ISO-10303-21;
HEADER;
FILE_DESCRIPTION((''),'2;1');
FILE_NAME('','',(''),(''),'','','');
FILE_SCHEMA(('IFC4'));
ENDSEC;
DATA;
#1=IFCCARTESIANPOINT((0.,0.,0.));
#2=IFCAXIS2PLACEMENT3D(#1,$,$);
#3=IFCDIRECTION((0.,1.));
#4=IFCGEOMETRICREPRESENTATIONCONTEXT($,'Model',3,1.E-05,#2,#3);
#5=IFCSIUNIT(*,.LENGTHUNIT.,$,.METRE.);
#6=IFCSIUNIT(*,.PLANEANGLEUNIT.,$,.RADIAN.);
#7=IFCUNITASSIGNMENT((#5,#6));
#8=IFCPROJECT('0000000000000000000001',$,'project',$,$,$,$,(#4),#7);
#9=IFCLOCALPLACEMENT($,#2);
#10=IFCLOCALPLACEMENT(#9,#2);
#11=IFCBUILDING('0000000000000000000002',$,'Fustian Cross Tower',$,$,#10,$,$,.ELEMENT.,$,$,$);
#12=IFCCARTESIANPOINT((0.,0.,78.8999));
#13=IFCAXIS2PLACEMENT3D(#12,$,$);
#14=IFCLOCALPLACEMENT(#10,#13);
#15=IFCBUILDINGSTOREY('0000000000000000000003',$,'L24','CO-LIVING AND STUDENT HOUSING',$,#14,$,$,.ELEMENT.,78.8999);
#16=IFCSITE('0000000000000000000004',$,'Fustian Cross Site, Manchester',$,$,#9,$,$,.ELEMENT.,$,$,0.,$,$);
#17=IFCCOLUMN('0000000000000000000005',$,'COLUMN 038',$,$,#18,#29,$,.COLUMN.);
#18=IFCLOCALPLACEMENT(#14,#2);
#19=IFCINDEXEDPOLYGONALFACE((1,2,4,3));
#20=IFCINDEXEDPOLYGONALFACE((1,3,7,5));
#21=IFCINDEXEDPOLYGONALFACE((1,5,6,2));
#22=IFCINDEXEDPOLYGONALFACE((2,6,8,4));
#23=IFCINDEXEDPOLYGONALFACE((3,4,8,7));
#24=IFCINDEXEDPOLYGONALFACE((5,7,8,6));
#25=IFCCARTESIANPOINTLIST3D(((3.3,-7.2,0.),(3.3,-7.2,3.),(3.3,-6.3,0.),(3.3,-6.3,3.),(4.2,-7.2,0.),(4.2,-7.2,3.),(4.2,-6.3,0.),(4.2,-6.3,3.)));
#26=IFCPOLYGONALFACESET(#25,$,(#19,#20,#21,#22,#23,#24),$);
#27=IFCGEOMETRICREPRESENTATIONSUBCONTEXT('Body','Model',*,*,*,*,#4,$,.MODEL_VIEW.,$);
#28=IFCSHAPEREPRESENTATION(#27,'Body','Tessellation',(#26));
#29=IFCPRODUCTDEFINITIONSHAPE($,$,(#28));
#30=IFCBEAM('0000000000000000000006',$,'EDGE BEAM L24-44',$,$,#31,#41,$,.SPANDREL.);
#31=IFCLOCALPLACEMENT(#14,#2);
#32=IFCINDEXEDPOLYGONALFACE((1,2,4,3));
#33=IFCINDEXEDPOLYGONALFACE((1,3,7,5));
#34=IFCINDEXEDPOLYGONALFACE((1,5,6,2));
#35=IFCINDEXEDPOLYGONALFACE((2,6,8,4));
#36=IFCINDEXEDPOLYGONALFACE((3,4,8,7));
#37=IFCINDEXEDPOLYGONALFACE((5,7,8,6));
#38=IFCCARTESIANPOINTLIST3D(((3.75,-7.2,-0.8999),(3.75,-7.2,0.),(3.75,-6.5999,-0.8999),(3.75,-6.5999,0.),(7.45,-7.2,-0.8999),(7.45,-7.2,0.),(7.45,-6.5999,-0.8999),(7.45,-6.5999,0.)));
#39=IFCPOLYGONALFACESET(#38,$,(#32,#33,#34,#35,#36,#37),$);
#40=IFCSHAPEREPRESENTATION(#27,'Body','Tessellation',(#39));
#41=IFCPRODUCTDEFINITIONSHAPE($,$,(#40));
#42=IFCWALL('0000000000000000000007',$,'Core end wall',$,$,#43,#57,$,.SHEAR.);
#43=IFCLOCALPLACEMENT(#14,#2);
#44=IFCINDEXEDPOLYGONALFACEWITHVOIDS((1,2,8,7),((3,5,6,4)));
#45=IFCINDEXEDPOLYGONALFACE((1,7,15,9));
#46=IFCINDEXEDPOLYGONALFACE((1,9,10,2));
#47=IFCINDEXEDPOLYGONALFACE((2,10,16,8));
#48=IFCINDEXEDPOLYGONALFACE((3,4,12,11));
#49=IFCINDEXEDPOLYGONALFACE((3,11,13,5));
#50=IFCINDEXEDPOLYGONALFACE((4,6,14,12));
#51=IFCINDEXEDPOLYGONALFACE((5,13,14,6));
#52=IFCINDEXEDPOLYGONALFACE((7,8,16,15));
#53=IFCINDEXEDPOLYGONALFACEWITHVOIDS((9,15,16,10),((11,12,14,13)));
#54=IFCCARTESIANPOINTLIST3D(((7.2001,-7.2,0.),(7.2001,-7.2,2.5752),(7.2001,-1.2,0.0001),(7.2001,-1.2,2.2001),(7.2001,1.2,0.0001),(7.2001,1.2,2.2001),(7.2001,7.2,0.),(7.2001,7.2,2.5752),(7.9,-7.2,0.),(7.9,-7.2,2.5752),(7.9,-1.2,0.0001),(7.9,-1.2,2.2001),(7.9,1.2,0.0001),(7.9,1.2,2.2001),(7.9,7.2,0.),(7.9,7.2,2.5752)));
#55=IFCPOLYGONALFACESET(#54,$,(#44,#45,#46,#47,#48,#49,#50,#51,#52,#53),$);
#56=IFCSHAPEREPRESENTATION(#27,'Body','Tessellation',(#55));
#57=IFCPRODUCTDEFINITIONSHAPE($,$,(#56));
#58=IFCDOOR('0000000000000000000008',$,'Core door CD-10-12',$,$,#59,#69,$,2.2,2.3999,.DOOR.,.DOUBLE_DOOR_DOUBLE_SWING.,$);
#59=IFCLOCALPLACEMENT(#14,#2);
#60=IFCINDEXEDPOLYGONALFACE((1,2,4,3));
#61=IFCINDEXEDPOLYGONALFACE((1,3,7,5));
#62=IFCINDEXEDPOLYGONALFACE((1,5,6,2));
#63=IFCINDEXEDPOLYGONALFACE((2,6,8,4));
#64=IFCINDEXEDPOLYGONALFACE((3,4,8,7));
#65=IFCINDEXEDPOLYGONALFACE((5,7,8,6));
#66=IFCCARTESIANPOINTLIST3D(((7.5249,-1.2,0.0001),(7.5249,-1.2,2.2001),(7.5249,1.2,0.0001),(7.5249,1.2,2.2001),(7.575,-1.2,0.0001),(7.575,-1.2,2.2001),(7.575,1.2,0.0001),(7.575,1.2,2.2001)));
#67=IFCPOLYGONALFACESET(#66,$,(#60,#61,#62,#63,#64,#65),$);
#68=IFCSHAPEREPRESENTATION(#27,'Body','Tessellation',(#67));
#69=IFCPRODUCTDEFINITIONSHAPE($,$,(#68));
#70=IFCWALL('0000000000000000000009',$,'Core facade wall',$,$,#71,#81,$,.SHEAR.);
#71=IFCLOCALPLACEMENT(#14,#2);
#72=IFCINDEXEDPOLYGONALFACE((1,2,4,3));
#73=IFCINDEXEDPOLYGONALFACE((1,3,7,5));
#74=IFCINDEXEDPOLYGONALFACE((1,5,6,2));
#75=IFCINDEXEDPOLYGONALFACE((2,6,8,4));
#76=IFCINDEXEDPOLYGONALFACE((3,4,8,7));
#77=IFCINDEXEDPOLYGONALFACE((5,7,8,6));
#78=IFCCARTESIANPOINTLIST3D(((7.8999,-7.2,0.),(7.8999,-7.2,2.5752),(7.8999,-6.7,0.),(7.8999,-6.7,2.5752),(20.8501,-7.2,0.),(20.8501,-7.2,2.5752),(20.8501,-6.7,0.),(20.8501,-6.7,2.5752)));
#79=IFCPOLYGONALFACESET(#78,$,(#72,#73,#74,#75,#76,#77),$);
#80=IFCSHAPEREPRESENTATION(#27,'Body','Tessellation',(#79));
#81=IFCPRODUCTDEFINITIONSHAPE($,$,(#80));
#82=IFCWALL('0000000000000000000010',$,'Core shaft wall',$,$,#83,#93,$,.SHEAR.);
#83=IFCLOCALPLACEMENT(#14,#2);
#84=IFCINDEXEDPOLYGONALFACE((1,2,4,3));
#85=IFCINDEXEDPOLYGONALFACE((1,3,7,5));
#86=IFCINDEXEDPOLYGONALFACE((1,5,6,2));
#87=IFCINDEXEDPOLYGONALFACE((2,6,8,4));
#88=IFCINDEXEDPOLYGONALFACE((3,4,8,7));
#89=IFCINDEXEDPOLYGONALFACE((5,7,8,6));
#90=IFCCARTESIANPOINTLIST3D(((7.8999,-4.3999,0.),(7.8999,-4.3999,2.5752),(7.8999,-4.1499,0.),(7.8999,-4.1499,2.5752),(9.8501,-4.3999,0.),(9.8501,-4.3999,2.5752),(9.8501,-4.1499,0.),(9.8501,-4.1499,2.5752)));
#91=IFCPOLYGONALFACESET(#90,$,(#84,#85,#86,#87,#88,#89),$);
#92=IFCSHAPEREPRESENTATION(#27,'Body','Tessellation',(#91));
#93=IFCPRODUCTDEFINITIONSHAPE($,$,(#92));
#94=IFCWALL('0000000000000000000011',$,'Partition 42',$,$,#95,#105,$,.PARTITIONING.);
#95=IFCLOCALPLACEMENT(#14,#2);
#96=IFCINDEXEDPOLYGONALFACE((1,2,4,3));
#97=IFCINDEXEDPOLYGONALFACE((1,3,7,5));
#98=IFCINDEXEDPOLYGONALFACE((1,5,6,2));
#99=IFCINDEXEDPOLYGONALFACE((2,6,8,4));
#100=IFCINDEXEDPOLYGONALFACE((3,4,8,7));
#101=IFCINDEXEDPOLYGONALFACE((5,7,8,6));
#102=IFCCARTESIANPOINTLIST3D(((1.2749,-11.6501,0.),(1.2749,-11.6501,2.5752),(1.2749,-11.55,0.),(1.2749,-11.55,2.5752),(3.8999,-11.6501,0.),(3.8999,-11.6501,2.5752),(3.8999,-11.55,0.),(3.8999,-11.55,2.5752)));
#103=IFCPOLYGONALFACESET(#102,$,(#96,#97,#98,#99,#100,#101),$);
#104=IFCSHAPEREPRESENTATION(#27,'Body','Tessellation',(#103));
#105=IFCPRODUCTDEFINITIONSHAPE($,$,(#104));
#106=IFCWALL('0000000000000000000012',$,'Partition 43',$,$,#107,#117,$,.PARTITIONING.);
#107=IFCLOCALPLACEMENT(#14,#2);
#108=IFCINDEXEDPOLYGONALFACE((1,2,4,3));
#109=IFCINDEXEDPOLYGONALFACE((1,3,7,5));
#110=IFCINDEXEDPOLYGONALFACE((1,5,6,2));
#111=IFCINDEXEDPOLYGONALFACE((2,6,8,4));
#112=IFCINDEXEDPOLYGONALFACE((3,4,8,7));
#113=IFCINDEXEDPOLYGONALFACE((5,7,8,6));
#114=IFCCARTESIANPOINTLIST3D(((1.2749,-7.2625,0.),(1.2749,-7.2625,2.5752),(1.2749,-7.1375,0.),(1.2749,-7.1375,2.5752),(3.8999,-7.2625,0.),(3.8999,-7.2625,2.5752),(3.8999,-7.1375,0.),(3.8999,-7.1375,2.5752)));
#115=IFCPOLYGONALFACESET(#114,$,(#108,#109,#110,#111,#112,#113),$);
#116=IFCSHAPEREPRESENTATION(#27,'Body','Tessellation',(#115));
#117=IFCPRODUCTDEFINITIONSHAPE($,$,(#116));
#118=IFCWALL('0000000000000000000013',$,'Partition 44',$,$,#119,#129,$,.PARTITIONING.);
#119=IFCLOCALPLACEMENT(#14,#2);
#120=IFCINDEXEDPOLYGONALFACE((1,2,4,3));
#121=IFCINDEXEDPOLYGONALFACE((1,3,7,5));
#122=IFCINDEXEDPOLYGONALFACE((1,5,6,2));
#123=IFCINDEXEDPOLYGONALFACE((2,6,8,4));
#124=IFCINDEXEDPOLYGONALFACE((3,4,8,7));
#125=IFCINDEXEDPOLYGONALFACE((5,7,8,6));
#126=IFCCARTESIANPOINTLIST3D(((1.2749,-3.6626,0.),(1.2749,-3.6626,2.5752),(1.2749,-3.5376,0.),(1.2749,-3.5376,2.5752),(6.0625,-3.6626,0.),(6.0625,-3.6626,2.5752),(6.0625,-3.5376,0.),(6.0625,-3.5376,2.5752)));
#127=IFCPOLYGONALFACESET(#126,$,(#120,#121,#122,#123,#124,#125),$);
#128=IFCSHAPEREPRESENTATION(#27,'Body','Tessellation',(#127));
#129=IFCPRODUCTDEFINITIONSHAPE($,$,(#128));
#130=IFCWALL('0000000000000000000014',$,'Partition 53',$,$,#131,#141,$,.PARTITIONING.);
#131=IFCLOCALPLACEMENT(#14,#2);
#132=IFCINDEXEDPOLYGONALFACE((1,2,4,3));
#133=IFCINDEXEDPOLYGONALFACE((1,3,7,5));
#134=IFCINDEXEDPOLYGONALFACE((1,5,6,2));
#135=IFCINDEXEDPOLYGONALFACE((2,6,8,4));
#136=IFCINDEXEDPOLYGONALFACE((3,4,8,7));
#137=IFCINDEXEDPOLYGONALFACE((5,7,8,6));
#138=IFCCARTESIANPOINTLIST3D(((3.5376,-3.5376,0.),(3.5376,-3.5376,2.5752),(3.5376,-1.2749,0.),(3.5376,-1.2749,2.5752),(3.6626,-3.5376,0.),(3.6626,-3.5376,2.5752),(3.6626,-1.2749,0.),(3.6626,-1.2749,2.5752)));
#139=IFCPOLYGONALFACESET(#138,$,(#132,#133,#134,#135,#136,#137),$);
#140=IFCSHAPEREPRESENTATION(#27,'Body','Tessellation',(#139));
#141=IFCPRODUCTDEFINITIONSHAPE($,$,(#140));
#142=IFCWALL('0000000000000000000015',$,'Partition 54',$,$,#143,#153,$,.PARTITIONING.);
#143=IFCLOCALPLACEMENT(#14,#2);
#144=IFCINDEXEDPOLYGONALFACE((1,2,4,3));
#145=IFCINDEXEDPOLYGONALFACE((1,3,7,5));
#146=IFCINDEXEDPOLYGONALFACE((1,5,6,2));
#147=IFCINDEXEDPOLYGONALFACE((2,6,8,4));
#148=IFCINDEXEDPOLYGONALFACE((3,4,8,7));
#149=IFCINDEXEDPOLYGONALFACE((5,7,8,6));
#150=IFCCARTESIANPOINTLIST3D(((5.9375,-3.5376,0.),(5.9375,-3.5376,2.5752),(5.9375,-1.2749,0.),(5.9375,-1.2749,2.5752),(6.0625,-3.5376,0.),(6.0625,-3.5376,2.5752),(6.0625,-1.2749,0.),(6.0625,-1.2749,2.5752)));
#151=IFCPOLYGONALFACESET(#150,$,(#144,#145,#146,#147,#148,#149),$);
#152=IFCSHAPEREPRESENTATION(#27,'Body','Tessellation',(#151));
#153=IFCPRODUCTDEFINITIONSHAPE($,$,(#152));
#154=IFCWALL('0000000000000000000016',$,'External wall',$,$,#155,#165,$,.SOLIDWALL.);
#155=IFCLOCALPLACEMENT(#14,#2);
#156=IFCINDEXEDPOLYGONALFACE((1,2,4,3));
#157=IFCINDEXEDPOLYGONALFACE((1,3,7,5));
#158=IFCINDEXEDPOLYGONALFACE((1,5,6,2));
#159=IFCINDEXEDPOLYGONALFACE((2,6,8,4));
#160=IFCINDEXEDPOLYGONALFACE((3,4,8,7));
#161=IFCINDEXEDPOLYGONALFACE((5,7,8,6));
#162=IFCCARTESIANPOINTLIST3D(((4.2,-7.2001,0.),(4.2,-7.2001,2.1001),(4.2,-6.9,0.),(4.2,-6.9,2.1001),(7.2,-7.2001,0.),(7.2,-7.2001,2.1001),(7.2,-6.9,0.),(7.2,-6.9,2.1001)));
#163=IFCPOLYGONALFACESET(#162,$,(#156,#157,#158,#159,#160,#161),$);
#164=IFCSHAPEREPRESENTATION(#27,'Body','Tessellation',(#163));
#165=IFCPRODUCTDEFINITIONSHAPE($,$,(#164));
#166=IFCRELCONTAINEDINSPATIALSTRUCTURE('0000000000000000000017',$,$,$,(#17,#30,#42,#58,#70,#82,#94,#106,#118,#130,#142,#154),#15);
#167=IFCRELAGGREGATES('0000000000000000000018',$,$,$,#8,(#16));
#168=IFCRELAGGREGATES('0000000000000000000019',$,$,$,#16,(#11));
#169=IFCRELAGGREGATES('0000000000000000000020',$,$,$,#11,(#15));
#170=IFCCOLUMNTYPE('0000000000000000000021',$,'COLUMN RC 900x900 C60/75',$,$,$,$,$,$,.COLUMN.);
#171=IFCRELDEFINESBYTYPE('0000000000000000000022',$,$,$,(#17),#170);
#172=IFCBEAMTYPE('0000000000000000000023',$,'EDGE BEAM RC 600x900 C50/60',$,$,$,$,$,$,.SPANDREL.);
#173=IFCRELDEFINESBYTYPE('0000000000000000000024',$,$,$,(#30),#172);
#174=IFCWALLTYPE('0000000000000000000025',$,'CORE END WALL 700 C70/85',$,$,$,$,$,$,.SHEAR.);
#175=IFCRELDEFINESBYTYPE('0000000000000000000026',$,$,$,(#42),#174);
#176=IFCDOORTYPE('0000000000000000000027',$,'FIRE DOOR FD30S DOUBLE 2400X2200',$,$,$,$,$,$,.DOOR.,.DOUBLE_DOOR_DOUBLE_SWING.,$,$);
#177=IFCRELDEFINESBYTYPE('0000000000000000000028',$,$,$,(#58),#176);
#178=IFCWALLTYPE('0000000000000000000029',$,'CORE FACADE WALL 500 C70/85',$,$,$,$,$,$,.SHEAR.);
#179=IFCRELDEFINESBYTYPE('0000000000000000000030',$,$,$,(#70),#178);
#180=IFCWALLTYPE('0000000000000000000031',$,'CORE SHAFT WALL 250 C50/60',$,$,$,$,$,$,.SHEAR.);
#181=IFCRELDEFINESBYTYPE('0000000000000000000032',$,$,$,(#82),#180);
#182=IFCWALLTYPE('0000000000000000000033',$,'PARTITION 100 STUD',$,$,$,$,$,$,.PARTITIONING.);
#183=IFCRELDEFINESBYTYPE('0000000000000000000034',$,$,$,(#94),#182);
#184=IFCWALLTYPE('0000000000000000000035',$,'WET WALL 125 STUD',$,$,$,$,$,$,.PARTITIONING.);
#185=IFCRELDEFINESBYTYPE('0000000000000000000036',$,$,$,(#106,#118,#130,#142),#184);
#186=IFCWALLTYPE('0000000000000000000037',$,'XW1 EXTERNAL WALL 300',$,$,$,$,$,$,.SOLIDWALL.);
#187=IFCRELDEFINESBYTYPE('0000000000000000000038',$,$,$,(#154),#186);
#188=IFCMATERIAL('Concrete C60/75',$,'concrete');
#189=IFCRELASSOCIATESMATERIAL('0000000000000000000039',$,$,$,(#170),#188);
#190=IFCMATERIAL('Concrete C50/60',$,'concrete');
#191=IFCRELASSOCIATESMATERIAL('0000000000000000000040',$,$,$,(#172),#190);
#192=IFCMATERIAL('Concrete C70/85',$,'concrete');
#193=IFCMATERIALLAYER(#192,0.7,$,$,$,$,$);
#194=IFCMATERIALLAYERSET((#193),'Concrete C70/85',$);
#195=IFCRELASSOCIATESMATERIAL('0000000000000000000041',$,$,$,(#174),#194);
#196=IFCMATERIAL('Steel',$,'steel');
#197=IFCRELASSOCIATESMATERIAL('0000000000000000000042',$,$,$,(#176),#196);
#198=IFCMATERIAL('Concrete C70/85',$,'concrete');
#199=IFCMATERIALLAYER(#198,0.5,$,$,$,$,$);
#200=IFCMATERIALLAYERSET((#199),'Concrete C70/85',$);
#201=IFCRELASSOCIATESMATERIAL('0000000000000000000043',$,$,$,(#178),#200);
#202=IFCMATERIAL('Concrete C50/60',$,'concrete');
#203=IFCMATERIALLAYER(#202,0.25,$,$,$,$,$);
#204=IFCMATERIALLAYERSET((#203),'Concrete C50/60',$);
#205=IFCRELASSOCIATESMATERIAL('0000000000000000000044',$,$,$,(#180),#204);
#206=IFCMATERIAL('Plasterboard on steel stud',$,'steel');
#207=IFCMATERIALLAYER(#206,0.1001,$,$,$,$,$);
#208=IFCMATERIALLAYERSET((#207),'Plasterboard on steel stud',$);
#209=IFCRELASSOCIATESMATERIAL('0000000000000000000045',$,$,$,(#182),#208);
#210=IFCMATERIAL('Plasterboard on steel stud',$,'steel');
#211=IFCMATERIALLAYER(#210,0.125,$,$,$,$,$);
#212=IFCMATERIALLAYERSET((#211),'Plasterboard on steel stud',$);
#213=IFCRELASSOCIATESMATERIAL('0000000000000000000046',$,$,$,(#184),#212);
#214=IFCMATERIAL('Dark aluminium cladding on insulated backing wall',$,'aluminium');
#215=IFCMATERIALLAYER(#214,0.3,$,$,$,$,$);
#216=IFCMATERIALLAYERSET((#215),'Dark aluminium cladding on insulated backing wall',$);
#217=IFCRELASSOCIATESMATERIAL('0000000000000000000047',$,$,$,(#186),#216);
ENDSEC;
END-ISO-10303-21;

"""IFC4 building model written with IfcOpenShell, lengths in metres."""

from ifc_helpers import new_model, si_unit, direction, frame, frame_2d, origin, origin_2d, place, context, subcontext, project, spatial, rectangle, extrude, material, layer, layer_set, material_profile, profile_set, type_object, element, fill, save


model = new_model("IFC4")

# Units and contexts
model_context = context("Model", 3, precision=1e-05, world=origin(), true_north=direction((0.0, 1.0)))
body_context = subcontext(model_context, "Body", "Model", "MODEL_VIEW")
ifc_project = project(units=[si_unit("LENGTHUNIT", "METRE"), si_unit("PLANEANGLEUNIT", "RADIAN")], contexts=[model_context])

# Site, building, storey
site_placement = place(None, origin())
site = spatial("IfcSite", under=ifc_project, at=site_placement, Name="Fustian Cross Site, Manchester", CompositionType="ELEMENT", RefElevation=0.0)
building_placement = place(site_placement, origin())
building = spatial("IfcBuilding", under=site, at=building_placement, Name="Fustian Cross Tower", CompositionType="ELEMENT")
storey_placement = place(building_placement, frame((0.0, 0.0, 78.8999)))
storey = spatial("IfcBuildingStorey", under=building, at=storey_placement, Name="L24", Description="CO-LIVING AND STUDENT HOUSING", CompositionType="ELEMENT", Elevation=78.8999)

# Column
ifc_material_1 = material(Name="Concrete C60/75", Category="concrete")
ifc_material_profile_1 = material_profile(ifc_material_1, rectangle(XDim=0.8999, YDim=0.8999, at=origin_2d()), Name="RC 900x900")
ifc_profile_set_1 = profile_set([ifc_material_profile_1], Name="Concrete C60/75")
column_type = type_object("IfcColumnType", Name="COLUMN RC 900x900 C60/75", PredefinedType="COLUMN", material=ifc_profile_set_1)
column_placement = place(storey_placement, frame((3.75, -6.75, 0.0), z_axis=(0.0, 0.0, 1.0), x_axis=(1.0, 0.0, 0.0)))
element("IfcColumn", 1, at=column_placement, inside=storey, type_object=column_type, Name="COLUMN 038", PredefinedType="COLUMN", context=body_context, shape_type="SweptSolid", body=[
    extrude(rectangle(XDim=0.8999, YDim=0.8999, at=origin_2d()), origin(), (0.0, 0.0, 1.0), 3.0),
])

# Beam
ifc_material_2 = material(Name="Concrete C50/60", Category="concrete")
ifc_material_profile_2 = material_profile(ifc_material_2, rectangle(XDim=0.6001, YDim=0.8999, at=origin_2d()), Name="RC 600x900")
ifc_profile_set_2 = profile_set([ifc_material_profile_2], Name="Concrete C50/60")
beam_type = type_object("IfcBeamType", Name="EDGE BEAM RC 600x900 C50/60", PredefinedType="SPANDREL", material=ifc_profile_set_2)
beam_placement = place(storey_placement, frame((3.75, -6.8999, -0.45), z_axis=(1.0, 0.0, 0.0), x_axis=(0.0, 1.0, 0.0)))
element("IfcBeam", 2, at=beam_placement, inside=storey, type_object=beam_type, Name="EDGE BEAM L24-44", PredefinedType="SPANDREL", context=body_context, shape_type="SweptSolid", body=[
    extrude(rectangle(XDim=0.6001, YDim=0.8999, at=origin_2d()), origin(), (0.0, 0.0, 1.0), 3.7),
])

# Wall, opening, door
ifc_material_3 = material(Name="Concrete C70/85", Category="concrete")
ifc_layer_1 = layer(ifc_material_3, 0.7)
ifc_layer_set_1 = layer_set([ifc_layer_1], Name="Concrete C70/85")
wall_type_1 = type_object("IfcWallType", Name="CORE END WALL 700 C70/85", PredefinedType="SHEAR", material=ifc_layer_set_1)
wall_1_placement = place(storey_placement, frame((7.55, -7.2, 0.0), z_axis=(0.0, 0.0, 1.0), x_axis=(0.0, 1.0, 0.0)))
wall_1 = element("IfcWall", 3, at=wall_1_placement, inside=storey, type_object=wall_type_1, Name="Core end wall", PredefinedType="SHEAR", context=body_context, shape_type="SweptSolid", body=[
    extrude(rectangle(XDim=14.3999, YDim=0.7, at=frame_2d((7.2, 0.0))), origin(), (0.0, 0.0, 1.0), 2.5752),
])
opening_placement = place(wall_1_placement, frame((6.0, 0.0, 0.0)))
opening = element("IfcOpeningElement", 4, at=opening_placement, cuts=wall_1, PredefinedType="OPENING", context=body_context, shape_type="SweptSolid", body=[
    extrude(rectangle(XDim=2.3999, YDim=2.2, at=frame_2d((1.2, 1.1001))), frame((0.0, 0.3599, 0.0), z_axis=(0.0, -1.0, 0.0), x_axis=(1.0, 0.0, 0.0)), (0.0, 0.0, 1.0), 0.72),
])
ifc_material_4 = material(Name="Steel", Category="steel")
door_type = type_object("IfcDoorType", Name="FIRE DOOR FD30S DOUBLE 2400X2200", OperationType="DOUBLE_DOOR_DOUBLE_SWING", PredefinedType="DOOR", material=ifc_material_4)
door_placement = place(opening_placement, frame((2.3999, 0.0, 0.0), z_axis=(0.0, 0.0, 1.0), x_axis=(-1.0, 0.0, 0.0)))
door = element("IfcDoor", 5, at=door_placement, inside=storey, type_object=door_type, Name="Core door CD-10-12", OperationType="DOUBLE_DOOR_DOUBLE_SWING", OverallHeight=2.2, OverallWidth=2.3999, PredefinedType="DOOR", context=body_context, shape_type="SweptSolid", body=[
    extrude(rectangle(XDim=2.3999, YDim=2.2, at=frame_2d((1.2, 1.1001))), frame((0.0, 0.0249, 0.0), z_axis=(0.0, -1.0, 0.0), x_axis=(1.0, 0.0, 0.0)), (0.0, 0.0, 1.0), 0.05),
])
fill(opening, door)

# Walls
ifc_material_5 = material(Name="Concrete C70/85", Category="concrete")
ifc_layer_2 = layer(ifc_material_5, 0.5)
ifc_layer_set_2 = layer_set([ifc_layer_2], Name="Concrete C70/85")
wall_type_2 = type_object("IfcWallType", Name="CORE FACADE WALL 500 C70/85", PredefinedType="SHEAR", material=ifc_layer_set_2)
wall_2_placement = place(storey_placement, frame((7.8999, -6.95, 0.0), z_axis=(0.0, 0.0, 1.0), x_axis=(1.0, 0.0, 0.0)))
element("IfcWall", 6, at=wall_2_placement, inside=storey, type_object=wall_type_2, Name="Core facade wall", PredefinedType="SHEAR", context=body_context, shape_type="SweptSolid", body=[
    extrude(rectangle(XDim=12.9502, YDim=0.5, at=frame_2d((6.4751, 0.0))), origin(), (0.0, 0.0, 1.0), 2.5752),
])
ifc_material_6 = material(Name="Concrete C50/60", Category="concrete")
ifc_layer_3 = layer(ifc_material_6, 0.25)
ifc_layer_set_3 = layer_set([ifc_layer_3], Name="Concrete C50/60")
wall_type_3 = type_object("IfcWallType", Name="CORE SHAFT WALL 250 C50/60", PredefinedType="SHEAR", material=ifc_layer_set_3)
wall_3_placement = place(storey_placement, frame((7.8999, -4.2749, 0.0), z_axis=(0.0, 0.0, 1.0), x_axis=(1.0, 0.0, 0.0)))
element("IfcWall", 7, at=wall_3_placement, inside=storey, type_object=wall_type_3, Name="Core shaft wall", PredefinedType="SHEAR", context=body_context, shape_type="SweptSolid", body=[
    extrude(rectangle(XDim=1.9502, YDim=0.25, at=frame_2d((0.9751, 0.0))), origin(), (0.0, 0.0, 1.0), 2.5752),
])
ifc_material_7 = material(Name="Plasterboard on steel stud", Category="steel")
ifc_layer_4 = layer(ifc_material_7, 0.1001)
ifc_layer_set_4 = layer_set([ifc_layer_4], Name="Plasterboard on steel stud")
wall_type_4 = type_object("IfcWallType", Name="PARTITION 100 STUD", PredefinedType="PARTITIONING", material=ifc_layer_set_4)
wall_4_placement = place(storey_placement, frame((1.2749, -11.6001, 0.0), z_axis=(0.0, 0.0, 1.0), x_axis=(1.0, 0.0, 0.0)))
element("IfcWall", 8, at=wall_4_placement, inside=storey, type_object=wall_type_4, Name="Partition 42", PredefinedType="PARTITIONING", context=body_context, shape_type="SweptSolid", body=[
    extrude(rectangle(XDim=2.625, YDim=0.1001, at=frame_2d((1.3125, 0.0))), origin(), (0.0, 0.0, 1.0), 2.5752),
])
ifc_material_8 = material(Name="Plasterboard on steel stud", Category="steel")
ifc_layer_5 = layer(ifc_material_8, 0.125)
ifc_layer_set_5 = layer_set([ifc_layer_5], Name="Plasterboard on steel stud")
wall_type_5 = type_object("IfcWallType", Name="WET WALL 125 STUD", PredefinedType="PARTITIONING", material=ifc_layer_set_5)
wall_5_placement = place(storey_placement, frame((1.2749, -7.2, 0.0), z_axis=(0.0, 0.0, 1.0), x_axis=(1.0, 0.0, 0.0)))
element("IfcWall", 9, at=wall_5_placement, inside=storey, type_object=wall_type_5, Name="Partition 43", PredefinedType="PARTITIONING", context=body_context, shape_type="SweptSolid", body=[
    extrude(rectangle(XDim=2.625, YDim=0.125, at=frame_2d((1.3125, 0.0))), origin(), (0.0, 0.0, 1.0), 2.5752),
])
wall_6_placement = place(storey_placement, frame((1.2749, -3.6001, 0.0), z_axis=(0.0, 0.0, 1.0), x_axis=(1.0, 0.0, 0.0)))
element("IfcWall", 10, at=wall_6_placement, inside=storey, type_object=wall_type_5, Name="Partition 44", PredefinedType="PARTITIONING", context=body_context, shape_type="SweptSolid", body=[
    extrude(rectangle(XDim=4.7876, YDim=0.125, at=frame_2d((2.3938, 0.0))), origin(), (0.0, 0.0, 1.0), 2.5752),
])
for number, where, z_axis, x_axis, name in (
    (11, (3.6001, -3.5376, 0.0), (0.0, 0.0, 1.0), (0.0, 1.0, 0.0), "Partition 53"),
    (12, (6.0, -3.5376, 0.0), (0.0, 0.0, 1.0), (0.0, 1.0, 0.0), "Partition 54"),
):
    element("IfcWall", number, at=place(storey_placement, frame(where, z_axis=z_axis, x_axis=x_axis)), inside=storey, type_object=wall_type_5, Name=name, PredefinedType="PARTITIONING", context=body_context, shape_type="SweptSolid", body=[
        extrude(rectangle(XDim=2.2627, YDim=0.125, at=frame_2d((1.1313, 0.0))), origin(), (0.0, 0.0, 1.0), 2.5752),
    ])
ifc_material_9 = material(Name="Dark aluminium cladding on insulated backing wall", Category="aluminium")
ifc_layer_6 = layer(ifc_material_9, 0.3)
ifc_layer_set_6 = layer_set([ifc_layer_6], Name="Dark aluminium cladding on insulated backing wall")
wall_type_6 = type_object("IfcWallType", Name="XW1 EXTERNAL WALL 300", PredefinedType="SOLIDWALL", material=ifc_layer_set_6)
wall_7_placement = place(storey_placement, frame((4.2, -7.05, 0.0), z_axis=(0.0, 0.0, 1.0), x_axis=(1.0, 0.0, 0.0)))
element("IfcWall", 13, at=wall_7_placement, inside=storey, type_object=wall_type_6, Name="External wall", PredefinedType="SOLIDWALL", context=body_context, shape_type="SweptSolid", body=[
    extrude(rectangle(XDim=3.0, YDim=0.3, at=frame_2d((1.5, 0.0))), origin(), (0.0, 0.0, 1.0), 2.1001),
])

save(model, "model.ifc")
